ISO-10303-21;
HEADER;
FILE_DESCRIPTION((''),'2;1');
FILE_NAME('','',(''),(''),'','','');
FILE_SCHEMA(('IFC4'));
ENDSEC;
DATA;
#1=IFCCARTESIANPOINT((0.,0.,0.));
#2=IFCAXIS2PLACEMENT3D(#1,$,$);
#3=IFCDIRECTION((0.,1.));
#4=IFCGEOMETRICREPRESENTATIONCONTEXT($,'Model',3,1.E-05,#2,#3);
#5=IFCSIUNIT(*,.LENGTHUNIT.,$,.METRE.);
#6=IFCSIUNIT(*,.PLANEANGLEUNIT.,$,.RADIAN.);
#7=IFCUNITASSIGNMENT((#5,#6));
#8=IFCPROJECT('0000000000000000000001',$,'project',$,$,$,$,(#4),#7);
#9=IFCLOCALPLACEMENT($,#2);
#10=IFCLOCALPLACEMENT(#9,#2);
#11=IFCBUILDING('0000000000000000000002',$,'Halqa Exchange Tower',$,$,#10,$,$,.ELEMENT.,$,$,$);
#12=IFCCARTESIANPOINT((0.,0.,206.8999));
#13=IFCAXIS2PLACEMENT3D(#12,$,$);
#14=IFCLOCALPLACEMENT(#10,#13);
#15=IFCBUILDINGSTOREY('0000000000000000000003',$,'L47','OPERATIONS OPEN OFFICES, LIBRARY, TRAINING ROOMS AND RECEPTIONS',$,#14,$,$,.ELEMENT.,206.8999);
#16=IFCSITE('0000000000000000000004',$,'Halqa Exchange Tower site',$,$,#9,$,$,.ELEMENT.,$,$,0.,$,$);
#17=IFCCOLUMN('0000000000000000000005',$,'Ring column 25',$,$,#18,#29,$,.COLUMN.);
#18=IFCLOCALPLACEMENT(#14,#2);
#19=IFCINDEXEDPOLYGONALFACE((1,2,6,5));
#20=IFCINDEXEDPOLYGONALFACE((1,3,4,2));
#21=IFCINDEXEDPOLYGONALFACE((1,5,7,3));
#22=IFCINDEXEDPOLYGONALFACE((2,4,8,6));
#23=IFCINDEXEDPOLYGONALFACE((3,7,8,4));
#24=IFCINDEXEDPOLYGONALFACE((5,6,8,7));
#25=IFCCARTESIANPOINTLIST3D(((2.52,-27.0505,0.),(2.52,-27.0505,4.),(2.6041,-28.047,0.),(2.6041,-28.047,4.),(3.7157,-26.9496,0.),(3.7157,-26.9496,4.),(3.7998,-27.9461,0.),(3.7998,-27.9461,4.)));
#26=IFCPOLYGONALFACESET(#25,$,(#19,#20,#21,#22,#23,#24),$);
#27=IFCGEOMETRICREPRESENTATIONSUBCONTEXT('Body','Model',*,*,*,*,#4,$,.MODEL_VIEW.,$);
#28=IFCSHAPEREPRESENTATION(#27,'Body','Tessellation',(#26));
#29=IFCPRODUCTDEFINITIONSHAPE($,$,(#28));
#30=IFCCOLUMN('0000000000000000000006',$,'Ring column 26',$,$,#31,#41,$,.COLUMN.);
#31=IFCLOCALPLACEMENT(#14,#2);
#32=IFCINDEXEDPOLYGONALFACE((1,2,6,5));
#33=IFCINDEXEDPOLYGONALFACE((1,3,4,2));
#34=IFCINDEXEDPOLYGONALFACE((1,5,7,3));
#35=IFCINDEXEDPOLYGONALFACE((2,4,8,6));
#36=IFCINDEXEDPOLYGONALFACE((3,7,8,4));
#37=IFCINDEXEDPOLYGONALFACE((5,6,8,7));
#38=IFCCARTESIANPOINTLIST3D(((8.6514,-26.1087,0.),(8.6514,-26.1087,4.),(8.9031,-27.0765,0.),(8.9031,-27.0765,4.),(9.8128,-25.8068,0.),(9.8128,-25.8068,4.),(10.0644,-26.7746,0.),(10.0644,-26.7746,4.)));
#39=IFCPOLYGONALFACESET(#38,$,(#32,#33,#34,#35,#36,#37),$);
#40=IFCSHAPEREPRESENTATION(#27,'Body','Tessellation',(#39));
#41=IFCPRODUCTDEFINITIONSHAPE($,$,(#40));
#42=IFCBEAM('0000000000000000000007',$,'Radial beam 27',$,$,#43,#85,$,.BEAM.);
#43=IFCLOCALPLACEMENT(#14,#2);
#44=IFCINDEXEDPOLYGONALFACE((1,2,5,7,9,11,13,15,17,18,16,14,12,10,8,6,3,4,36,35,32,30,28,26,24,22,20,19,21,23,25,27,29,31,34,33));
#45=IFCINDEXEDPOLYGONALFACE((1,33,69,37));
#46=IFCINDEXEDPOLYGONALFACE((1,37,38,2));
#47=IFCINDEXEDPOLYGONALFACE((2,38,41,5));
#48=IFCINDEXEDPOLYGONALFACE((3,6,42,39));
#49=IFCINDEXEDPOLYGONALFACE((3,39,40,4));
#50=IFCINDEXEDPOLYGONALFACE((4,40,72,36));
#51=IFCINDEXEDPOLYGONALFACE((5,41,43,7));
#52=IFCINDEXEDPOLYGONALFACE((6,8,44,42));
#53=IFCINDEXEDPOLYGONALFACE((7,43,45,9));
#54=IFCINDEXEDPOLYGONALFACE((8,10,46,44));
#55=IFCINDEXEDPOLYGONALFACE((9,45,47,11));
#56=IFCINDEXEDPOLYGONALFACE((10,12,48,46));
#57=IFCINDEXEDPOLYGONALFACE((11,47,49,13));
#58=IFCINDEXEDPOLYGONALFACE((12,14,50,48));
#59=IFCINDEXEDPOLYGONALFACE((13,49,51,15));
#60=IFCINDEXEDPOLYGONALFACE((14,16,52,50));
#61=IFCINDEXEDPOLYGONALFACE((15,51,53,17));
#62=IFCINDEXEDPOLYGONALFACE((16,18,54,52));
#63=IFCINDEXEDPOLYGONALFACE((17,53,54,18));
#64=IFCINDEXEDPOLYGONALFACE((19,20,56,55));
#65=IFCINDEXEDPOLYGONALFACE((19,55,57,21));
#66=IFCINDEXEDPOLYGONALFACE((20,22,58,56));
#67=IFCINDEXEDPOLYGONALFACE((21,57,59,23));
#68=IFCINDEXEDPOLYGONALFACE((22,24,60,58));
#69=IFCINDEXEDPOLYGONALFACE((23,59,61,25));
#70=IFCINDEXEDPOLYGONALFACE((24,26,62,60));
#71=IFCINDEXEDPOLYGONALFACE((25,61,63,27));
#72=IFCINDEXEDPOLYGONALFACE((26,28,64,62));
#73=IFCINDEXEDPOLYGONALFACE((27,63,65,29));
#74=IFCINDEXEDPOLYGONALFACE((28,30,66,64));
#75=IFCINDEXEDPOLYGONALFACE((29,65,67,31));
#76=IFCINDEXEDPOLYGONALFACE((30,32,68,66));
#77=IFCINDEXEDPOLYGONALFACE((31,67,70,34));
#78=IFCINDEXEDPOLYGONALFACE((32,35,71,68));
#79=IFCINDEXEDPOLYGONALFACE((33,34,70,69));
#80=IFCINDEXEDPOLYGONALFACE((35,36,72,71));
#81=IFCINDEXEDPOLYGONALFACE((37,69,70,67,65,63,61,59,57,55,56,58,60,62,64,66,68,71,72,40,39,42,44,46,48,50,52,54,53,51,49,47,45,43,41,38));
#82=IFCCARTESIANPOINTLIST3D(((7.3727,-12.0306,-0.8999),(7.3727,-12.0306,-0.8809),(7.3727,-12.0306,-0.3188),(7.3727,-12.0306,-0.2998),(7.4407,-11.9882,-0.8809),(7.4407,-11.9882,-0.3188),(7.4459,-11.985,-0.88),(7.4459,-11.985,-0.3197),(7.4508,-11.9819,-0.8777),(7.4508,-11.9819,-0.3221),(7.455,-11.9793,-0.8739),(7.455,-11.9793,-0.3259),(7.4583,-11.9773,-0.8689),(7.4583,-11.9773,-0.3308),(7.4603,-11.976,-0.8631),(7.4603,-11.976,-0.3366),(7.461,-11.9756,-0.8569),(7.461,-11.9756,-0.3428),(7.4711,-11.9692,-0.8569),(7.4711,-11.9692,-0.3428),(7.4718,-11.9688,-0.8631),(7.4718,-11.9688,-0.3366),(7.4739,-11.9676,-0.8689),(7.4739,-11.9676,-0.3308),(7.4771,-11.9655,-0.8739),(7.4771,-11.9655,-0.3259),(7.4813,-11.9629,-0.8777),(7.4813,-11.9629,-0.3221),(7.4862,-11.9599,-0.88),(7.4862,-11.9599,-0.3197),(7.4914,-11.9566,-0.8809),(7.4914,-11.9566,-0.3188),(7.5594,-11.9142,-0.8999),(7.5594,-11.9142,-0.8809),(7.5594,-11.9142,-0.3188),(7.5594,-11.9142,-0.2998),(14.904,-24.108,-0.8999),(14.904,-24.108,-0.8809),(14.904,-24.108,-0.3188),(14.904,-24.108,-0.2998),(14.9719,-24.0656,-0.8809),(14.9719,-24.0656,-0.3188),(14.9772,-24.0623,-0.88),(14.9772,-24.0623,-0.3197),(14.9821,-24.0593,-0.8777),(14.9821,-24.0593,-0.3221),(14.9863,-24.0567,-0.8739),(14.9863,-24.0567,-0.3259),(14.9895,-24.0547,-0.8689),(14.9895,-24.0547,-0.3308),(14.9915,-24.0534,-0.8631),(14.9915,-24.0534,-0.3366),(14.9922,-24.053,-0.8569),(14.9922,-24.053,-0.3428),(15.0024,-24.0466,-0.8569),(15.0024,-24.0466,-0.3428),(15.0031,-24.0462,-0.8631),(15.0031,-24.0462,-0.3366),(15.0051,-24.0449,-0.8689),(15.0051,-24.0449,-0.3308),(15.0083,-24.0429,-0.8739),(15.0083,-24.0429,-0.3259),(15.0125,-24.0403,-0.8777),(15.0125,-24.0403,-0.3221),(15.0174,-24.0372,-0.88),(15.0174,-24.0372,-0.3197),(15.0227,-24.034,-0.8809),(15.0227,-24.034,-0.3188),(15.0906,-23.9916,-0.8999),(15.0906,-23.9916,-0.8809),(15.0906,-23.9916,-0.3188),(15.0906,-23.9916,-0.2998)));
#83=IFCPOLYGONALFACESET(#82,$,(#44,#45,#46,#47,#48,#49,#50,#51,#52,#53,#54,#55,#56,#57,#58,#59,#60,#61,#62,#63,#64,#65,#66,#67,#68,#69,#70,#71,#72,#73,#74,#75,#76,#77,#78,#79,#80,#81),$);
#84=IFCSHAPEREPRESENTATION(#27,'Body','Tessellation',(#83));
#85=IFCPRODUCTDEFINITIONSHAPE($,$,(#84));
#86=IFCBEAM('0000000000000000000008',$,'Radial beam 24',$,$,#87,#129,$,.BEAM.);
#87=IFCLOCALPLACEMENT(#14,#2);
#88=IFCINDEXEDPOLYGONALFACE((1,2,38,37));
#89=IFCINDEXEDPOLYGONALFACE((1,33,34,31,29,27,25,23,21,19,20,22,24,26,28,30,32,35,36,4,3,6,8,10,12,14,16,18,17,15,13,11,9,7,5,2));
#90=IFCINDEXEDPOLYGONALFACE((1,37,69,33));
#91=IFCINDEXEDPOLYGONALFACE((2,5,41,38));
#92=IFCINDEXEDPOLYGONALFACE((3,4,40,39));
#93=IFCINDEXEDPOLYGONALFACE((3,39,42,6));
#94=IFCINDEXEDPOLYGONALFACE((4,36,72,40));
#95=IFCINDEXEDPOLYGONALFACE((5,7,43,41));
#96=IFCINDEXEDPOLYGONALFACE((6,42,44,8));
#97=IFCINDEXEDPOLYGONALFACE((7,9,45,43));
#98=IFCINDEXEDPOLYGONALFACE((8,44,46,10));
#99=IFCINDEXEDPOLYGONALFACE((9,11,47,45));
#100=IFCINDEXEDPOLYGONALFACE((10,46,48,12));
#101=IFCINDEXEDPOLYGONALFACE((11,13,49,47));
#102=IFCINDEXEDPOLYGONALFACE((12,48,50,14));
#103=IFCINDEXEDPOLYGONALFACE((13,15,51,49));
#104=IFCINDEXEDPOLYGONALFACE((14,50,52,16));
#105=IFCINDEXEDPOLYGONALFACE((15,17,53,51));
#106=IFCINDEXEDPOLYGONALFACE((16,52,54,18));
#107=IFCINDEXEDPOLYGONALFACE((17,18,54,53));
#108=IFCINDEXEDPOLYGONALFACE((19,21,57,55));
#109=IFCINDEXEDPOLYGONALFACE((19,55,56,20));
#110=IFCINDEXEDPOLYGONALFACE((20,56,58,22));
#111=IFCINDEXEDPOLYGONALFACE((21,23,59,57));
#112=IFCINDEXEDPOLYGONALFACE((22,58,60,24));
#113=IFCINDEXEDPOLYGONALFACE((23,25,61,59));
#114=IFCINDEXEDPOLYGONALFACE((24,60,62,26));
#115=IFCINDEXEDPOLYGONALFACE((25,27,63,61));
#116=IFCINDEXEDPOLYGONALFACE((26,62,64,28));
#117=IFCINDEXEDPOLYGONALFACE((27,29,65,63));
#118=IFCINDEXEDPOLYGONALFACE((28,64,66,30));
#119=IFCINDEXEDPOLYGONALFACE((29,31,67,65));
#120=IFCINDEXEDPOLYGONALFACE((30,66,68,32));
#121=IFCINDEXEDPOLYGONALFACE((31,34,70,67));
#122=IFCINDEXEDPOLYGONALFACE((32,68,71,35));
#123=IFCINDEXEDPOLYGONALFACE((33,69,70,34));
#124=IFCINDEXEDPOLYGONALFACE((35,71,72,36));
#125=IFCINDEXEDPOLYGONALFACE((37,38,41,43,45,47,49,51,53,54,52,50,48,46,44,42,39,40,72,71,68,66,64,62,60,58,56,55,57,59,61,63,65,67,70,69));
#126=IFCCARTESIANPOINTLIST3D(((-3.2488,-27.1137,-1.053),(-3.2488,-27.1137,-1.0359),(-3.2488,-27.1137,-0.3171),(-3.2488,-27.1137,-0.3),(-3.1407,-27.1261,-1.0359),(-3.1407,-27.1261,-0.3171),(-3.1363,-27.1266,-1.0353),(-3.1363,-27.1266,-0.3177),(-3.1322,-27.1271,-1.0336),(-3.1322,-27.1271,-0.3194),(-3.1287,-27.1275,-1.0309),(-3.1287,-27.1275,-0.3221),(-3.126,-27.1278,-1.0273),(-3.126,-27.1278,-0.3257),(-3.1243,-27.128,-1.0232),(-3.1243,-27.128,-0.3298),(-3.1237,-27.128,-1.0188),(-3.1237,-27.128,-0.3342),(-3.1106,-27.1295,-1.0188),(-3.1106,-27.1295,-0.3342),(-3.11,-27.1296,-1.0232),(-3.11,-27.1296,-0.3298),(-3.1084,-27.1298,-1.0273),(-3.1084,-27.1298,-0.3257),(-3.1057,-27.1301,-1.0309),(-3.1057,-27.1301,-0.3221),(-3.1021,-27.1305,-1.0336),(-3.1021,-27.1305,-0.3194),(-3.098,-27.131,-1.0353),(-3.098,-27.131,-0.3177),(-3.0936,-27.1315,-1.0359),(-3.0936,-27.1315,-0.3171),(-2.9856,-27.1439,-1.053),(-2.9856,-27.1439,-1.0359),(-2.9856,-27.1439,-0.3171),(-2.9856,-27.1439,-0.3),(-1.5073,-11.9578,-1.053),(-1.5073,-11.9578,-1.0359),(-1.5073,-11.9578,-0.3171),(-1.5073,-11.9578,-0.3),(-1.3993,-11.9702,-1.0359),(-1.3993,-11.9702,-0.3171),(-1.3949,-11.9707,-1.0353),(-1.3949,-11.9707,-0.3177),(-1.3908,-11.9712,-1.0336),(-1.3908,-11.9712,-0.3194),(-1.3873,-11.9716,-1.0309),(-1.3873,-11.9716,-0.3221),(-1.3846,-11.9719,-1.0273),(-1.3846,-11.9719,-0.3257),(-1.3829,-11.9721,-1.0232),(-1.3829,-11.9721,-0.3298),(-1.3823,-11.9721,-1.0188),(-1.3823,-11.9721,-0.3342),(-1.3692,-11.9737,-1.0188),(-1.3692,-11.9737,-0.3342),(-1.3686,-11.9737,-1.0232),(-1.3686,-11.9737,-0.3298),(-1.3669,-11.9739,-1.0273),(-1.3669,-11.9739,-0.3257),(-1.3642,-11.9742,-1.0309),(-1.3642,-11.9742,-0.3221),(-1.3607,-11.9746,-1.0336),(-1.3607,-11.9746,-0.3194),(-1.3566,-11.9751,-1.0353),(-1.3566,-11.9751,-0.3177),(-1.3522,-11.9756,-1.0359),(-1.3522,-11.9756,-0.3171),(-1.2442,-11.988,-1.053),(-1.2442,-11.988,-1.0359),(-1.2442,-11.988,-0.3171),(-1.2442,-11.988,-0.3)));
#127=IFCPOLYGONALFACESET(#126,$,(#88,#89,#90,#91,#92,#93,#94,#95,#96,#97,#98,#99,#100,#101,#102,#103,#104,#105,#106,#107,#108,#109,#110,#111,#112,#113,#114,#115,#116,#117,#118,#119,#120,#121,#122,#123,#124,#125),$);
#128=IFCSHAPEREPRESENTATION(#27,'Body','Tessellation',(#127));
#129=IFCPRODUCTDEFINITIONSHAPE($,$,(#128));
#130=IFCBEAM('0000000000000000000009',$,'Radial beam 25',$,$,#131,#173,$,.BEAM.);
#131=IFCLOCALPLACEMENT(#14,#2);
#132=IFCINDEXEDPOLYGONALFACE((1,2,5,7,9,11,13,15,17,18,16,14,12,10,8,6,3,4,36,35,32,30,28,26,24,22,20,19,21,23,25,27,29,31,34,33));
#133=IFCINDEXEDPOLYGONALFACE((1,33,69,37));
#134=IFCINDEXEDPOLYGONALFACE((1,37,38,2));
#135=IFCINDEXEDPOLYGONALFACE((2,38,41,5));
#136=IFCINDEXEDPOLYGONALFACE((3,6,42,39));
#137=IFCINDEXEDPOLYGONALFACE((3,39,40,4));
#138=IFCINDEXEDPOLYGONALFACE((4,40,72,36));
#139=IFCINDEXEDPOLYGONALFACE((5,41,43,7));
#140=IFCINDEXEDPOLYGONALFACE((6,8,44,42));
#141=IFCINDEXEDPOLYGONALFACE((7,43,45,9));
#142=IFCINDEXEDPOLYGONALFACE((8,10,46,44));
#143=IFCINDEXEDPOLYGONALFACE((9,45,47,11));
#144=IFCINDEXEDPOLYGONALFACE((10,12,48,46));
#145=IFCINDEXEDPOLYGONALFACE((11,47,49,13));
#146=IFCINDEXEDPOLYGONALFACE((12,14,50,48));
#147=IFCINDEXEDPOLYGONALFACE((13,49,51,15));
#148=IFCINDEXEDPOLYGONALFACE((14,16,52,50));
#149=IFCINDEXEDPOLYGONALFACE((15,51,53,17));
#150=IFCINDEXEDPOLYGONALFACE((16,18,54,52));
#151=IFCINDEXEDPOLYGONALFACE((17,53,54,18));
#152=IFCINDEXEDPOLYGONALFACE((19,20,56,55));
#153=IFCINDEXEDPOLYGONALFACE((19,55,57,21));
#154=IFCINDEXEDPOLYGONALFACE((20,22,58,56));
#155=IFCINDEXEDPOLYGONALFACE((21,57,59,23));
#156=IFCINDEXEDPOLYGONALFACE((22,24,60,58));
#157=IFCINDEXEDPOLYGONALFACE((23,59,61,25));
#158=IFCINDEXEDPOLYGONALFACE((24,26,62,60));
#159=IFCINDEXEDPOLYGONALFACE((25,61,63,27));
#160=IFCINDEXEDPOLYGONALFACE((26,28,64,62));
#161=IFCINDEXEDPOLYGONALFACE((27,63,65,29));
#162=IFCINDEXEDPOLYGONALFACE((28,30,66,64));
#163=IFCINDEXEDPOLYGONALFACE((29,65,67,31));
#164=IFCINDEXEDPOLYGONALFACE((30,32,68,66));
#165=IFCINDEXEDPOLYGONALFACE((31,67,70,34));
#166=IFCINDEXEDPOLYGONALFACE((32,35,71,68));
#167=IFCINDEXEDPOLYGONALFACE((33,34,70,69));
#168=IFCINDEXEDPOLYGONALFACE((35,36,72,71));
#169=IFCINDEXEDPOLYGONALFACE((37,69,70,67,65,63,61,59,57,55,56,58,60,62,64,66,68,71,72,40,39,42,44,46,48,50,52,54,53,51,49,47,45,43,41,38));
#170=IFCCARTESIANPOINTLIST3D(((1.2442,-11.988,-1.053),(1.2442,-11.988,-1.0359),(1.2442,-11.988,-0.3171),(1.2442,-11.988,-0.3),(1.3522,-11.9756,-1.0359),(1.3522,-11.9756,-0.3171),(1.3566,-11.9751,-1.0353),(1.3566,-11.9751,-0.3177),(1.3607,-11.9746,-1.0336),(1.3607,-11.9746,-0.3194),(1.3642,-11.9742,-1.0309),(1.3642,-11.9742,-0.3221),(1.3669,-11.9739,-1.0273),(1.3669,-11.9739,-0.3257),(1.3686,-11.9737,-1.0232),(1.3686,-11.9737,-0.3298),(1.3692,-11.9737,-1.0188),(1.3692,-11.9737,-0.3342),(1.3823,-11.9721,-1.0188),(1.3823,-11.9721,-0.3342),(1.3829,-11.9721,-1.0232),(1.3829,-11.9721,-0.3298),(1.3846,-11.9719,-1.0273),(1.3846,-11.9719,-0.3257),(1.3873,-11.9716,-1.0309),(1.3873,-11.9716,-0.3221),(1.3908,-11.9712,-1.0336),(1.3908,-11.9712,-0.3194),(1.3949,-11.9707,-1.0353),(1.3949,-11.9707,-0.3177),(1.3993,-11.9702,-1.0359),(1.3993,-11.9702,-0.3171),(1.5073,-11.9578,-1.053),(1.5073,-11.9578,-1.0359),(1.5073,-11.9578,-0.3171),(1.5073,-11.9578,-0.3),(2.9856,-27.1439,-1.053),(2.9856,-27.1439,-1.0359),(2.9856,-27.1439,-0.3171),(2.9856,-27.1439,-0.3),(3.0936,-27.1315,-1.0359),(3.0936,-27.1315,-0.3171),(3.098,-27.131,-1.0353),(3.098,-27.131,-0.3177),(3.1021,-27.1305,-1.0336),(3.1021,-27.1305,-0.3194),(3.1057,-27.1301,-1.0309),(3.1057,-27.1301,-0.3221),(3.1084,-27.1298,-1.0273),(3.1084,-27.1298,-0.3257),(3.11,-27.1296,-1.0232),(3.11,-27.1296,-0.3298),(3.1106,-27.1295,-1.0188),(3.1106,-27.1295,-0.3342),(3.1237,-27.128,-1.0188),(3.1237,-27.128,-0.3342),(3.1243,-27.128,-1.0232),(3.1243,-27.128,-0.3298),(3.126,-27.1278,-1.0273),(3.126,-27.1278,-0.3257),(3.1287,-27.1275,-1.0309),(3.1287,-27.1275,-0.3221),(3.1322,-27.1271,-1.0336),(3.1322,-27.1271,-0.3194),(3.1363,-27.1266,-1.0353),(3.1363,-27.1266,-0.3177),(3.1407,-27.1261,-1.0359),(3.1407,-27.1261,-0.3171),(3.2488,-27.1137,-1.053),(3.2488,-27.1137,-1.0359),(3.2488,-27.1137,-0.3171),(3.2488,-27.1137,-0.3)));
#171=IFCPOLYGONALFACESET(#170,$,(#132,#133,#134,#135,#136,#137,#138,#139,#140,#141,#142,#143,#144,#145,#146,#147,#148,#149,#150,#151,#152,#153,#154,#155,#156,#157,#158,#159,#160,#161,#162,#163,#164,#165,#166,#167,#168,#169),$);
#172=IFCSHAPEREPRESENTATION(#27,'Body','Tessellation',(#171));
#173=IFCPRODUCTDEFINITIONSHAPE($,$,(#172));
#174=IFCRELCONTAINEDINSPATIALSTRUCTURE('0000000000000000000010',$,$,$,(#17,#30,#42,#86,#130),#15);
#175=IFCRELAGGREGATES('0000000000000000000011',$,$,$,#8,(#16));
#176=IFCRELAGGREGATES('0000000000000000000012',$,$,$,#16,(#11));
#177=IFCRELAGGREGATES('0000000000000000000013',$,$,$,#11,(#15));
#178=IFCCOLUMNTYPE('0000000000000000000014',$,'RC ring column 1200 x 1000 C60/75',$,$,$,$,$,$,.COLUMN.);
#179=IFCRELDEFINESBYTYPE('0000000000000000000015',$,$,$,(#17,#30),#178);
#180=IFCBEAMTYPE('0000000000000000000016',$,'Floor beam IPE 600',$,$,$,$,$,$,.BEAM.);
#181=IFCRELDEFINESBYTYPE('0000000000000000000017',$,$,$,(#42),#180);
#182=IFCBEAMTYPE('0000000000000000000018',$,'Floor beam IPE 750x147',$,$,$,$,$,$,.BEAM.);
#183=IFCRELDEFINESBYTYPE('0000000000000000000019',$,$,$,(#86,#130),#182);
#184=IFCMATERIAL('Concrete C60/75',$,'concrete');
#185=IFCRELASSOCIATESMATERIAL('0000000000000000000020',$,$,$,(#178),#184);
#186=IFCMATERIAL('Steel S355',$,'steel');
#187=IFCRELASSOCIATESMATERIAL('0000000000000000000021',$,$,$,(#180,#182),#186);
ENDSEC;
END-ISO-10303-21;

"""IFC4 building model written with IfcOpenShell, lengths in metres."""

from ifc_helpers import new_model, si_unit, direction, frame, origin, origin_2d, place, context, subcontext, project, spatial, rectangle, i_section, extrude, material, material_profile, profile_set, type_object, element, save


model = new_model("IFC4")

# Units and contexts
model_context = context("Model", 3, precision=1e-05, world=origin(), true_north=direction((0.0, 1.0)))
body_context = subcontext(model_context, "Body", "Model", "MODEL_VIEW")
ifc_project = project(units=[si_unit("LENGTHUNIT", "METRE"), si_unit("PLANEANGLEUNIT", "RADIAN")], contexts=[model_context])

# Site, building, storey
site_placement = place(None, origin())
site = spatial("IfcSite", under=ifc_project, at=site_placement, Name="Halqa Exchange Tower site", CompositionType="ELEMENT", RefElevation=0.0)
building_placement = place(site_placement, origin())
building = spatial("IfcBuilding", under=site, at=building_placement, Name="Halqa Exchange Tower", CompositionType="ELEMENT")
storey_placement = place(building_placement, frame((0.0, 0.0, 206.8999)))
storey = spatial("IfcBuildingStorey", under=building, at=storey_placement, Name="L47", Description="OPERATIONS OPEN OFFICES, LIBRARY, TRAINING ROOMS AND RECEPTIONS", CompositionType="ELEMENT", Elevation=206.8999)

# Columns
ifc_material_1 = material(Name="Concrete C60/75", Category="concrete")
ifc_material_profile_1 = material_profile(ifc_material_1, rectangle(XDim=1.2, YDim=1.0, at=origin_2d()), Name="1200 x 1000")
ifc_profile_set_1 = profile_set([ifc_material_profile_1], Name="Concrete C60/75")
column_type = type_object("IfcColumnType", Name="RC ring column 1200 x 1000 C60/75", PredefinedType="COLUMN", material=ifc_profile_set_1)
for number, where, z_axis, x_axis, name in (
    (1, (3.1599, -27.4983, 0.0), (0.0, 0.0, 1.0), (0.996456, 0.084118, 0.0), "Ring column 25"),
    (2, (9.3579, -26.4417, 0.0), (0.0, 0.0, 1.0), (0.96782, 0.251642, 0.0), "Ring column 26"),
):
    element("IfcColumn", number, at=place(storey_placement, frame(where, z_axis=z_axis, x_axis=x_axis)), inside=storey, type_object=column_type, Name=name, PredefinedType="COLUMN", context=body_context, shape_type="SweptSolid", body=[
        extrude(rectangle(XDim=1.2, YDim=1.0, at=origin_2d()), origin(), (0.0, 0.0, 1.0), 4.0),
    ])

# Beams
ifc_material_2 = material(Name="Steel S355", Category="steel")
ifc_material_profile_2 = material_profile(ifc_material_2, i_section(OverallWidth=0.22, OverallDepth=0.6001, WebThickness=0.012, FlangeThickness=0.019, FilletRadius=0.0239, at=origin_2d()), Name="IPE 600")
ifc_profile_set_2 = profile_set([ifc_material_profile_2], Name="Steel S355")
beam_type_1 = type_object("IfcBeamType", Name="Floor beam IPE 600", PredefinedType="BEAM", material=ifc_profile_set_2)
beam_1_placement = place(storey_placement, frame((7.4661, -11.9724, -0.5999), z_axis=(0.529134, -0.848538, 0.0), x_axis=(0.848538, 0.529134, 0.0)))
element("IfcBeam", 3, at=beam_1_placement, inside=storey, type_object=beam_type_1, Name="Radial beam 27", PredefinedType="BEAM", context=body_context, shape_type="SweptSolid", body=[
    extrude(i_section(OverallWidth=0.22, OverallDepth=0.6001, WebThickness=0.012, FlangeThickness=0.019, FilletRadius=0.0239, at=origin_2d()), origin(), (0.0, 0.0, 1.0), 14.2332),
])
ifc_material_profile_3 = material_profile(ifc_material_2, i_section(OverallWidth=0.2649, OverallDepth=0.7529, WebThickness=0.0132, FlangeThickness=0.0171, FilletRadius=0.0171, at=origin_2d()), Name="IPE 750x147")
ifc_profile_set_3 = profile_set([ifc_material_profile_3], Name="Steel S355")
beam_type_2 = type_object("IfcBeamType", Name="Floor beam IPE 750x147", PredefinedType="BEAM", material=ifc_profile_set_3)
for number, where, z_axis, x_axis, name in (
    (4, (-1.3757, -11.9729, -0.6765), (-0.114151, -0.993463, 0.0), (0.993463, -0.114151, 0.0), "Radial beam 24"),
    (5, (1.3757, -11.9729, -0.6765), (0.114151, -0.993463, 0.0), (0.993463, 0.114151, 0.0), "Radial beam 25"),
):
    element("IfcBeam", number, at=place(storey_placement, frame(where, z_axis=z_axis, x_axis=x_axis)), inside=storey, type_object=beam_type_2, Name=name, PredefinedType="BEAM", context=body_context, shape_type="SweptSolid", body=[
        extrude(i_section(OverallWidth=0.2649, OverallDepth=0.7529, WebThickness=0.0132, FlangeThickness=0.0171, FilletRadius=0.0171, at=origin_2d()), origin(), (0.0, 0.0, 1.0), 15.2556),
    ])

save(model, "model.ifc")
